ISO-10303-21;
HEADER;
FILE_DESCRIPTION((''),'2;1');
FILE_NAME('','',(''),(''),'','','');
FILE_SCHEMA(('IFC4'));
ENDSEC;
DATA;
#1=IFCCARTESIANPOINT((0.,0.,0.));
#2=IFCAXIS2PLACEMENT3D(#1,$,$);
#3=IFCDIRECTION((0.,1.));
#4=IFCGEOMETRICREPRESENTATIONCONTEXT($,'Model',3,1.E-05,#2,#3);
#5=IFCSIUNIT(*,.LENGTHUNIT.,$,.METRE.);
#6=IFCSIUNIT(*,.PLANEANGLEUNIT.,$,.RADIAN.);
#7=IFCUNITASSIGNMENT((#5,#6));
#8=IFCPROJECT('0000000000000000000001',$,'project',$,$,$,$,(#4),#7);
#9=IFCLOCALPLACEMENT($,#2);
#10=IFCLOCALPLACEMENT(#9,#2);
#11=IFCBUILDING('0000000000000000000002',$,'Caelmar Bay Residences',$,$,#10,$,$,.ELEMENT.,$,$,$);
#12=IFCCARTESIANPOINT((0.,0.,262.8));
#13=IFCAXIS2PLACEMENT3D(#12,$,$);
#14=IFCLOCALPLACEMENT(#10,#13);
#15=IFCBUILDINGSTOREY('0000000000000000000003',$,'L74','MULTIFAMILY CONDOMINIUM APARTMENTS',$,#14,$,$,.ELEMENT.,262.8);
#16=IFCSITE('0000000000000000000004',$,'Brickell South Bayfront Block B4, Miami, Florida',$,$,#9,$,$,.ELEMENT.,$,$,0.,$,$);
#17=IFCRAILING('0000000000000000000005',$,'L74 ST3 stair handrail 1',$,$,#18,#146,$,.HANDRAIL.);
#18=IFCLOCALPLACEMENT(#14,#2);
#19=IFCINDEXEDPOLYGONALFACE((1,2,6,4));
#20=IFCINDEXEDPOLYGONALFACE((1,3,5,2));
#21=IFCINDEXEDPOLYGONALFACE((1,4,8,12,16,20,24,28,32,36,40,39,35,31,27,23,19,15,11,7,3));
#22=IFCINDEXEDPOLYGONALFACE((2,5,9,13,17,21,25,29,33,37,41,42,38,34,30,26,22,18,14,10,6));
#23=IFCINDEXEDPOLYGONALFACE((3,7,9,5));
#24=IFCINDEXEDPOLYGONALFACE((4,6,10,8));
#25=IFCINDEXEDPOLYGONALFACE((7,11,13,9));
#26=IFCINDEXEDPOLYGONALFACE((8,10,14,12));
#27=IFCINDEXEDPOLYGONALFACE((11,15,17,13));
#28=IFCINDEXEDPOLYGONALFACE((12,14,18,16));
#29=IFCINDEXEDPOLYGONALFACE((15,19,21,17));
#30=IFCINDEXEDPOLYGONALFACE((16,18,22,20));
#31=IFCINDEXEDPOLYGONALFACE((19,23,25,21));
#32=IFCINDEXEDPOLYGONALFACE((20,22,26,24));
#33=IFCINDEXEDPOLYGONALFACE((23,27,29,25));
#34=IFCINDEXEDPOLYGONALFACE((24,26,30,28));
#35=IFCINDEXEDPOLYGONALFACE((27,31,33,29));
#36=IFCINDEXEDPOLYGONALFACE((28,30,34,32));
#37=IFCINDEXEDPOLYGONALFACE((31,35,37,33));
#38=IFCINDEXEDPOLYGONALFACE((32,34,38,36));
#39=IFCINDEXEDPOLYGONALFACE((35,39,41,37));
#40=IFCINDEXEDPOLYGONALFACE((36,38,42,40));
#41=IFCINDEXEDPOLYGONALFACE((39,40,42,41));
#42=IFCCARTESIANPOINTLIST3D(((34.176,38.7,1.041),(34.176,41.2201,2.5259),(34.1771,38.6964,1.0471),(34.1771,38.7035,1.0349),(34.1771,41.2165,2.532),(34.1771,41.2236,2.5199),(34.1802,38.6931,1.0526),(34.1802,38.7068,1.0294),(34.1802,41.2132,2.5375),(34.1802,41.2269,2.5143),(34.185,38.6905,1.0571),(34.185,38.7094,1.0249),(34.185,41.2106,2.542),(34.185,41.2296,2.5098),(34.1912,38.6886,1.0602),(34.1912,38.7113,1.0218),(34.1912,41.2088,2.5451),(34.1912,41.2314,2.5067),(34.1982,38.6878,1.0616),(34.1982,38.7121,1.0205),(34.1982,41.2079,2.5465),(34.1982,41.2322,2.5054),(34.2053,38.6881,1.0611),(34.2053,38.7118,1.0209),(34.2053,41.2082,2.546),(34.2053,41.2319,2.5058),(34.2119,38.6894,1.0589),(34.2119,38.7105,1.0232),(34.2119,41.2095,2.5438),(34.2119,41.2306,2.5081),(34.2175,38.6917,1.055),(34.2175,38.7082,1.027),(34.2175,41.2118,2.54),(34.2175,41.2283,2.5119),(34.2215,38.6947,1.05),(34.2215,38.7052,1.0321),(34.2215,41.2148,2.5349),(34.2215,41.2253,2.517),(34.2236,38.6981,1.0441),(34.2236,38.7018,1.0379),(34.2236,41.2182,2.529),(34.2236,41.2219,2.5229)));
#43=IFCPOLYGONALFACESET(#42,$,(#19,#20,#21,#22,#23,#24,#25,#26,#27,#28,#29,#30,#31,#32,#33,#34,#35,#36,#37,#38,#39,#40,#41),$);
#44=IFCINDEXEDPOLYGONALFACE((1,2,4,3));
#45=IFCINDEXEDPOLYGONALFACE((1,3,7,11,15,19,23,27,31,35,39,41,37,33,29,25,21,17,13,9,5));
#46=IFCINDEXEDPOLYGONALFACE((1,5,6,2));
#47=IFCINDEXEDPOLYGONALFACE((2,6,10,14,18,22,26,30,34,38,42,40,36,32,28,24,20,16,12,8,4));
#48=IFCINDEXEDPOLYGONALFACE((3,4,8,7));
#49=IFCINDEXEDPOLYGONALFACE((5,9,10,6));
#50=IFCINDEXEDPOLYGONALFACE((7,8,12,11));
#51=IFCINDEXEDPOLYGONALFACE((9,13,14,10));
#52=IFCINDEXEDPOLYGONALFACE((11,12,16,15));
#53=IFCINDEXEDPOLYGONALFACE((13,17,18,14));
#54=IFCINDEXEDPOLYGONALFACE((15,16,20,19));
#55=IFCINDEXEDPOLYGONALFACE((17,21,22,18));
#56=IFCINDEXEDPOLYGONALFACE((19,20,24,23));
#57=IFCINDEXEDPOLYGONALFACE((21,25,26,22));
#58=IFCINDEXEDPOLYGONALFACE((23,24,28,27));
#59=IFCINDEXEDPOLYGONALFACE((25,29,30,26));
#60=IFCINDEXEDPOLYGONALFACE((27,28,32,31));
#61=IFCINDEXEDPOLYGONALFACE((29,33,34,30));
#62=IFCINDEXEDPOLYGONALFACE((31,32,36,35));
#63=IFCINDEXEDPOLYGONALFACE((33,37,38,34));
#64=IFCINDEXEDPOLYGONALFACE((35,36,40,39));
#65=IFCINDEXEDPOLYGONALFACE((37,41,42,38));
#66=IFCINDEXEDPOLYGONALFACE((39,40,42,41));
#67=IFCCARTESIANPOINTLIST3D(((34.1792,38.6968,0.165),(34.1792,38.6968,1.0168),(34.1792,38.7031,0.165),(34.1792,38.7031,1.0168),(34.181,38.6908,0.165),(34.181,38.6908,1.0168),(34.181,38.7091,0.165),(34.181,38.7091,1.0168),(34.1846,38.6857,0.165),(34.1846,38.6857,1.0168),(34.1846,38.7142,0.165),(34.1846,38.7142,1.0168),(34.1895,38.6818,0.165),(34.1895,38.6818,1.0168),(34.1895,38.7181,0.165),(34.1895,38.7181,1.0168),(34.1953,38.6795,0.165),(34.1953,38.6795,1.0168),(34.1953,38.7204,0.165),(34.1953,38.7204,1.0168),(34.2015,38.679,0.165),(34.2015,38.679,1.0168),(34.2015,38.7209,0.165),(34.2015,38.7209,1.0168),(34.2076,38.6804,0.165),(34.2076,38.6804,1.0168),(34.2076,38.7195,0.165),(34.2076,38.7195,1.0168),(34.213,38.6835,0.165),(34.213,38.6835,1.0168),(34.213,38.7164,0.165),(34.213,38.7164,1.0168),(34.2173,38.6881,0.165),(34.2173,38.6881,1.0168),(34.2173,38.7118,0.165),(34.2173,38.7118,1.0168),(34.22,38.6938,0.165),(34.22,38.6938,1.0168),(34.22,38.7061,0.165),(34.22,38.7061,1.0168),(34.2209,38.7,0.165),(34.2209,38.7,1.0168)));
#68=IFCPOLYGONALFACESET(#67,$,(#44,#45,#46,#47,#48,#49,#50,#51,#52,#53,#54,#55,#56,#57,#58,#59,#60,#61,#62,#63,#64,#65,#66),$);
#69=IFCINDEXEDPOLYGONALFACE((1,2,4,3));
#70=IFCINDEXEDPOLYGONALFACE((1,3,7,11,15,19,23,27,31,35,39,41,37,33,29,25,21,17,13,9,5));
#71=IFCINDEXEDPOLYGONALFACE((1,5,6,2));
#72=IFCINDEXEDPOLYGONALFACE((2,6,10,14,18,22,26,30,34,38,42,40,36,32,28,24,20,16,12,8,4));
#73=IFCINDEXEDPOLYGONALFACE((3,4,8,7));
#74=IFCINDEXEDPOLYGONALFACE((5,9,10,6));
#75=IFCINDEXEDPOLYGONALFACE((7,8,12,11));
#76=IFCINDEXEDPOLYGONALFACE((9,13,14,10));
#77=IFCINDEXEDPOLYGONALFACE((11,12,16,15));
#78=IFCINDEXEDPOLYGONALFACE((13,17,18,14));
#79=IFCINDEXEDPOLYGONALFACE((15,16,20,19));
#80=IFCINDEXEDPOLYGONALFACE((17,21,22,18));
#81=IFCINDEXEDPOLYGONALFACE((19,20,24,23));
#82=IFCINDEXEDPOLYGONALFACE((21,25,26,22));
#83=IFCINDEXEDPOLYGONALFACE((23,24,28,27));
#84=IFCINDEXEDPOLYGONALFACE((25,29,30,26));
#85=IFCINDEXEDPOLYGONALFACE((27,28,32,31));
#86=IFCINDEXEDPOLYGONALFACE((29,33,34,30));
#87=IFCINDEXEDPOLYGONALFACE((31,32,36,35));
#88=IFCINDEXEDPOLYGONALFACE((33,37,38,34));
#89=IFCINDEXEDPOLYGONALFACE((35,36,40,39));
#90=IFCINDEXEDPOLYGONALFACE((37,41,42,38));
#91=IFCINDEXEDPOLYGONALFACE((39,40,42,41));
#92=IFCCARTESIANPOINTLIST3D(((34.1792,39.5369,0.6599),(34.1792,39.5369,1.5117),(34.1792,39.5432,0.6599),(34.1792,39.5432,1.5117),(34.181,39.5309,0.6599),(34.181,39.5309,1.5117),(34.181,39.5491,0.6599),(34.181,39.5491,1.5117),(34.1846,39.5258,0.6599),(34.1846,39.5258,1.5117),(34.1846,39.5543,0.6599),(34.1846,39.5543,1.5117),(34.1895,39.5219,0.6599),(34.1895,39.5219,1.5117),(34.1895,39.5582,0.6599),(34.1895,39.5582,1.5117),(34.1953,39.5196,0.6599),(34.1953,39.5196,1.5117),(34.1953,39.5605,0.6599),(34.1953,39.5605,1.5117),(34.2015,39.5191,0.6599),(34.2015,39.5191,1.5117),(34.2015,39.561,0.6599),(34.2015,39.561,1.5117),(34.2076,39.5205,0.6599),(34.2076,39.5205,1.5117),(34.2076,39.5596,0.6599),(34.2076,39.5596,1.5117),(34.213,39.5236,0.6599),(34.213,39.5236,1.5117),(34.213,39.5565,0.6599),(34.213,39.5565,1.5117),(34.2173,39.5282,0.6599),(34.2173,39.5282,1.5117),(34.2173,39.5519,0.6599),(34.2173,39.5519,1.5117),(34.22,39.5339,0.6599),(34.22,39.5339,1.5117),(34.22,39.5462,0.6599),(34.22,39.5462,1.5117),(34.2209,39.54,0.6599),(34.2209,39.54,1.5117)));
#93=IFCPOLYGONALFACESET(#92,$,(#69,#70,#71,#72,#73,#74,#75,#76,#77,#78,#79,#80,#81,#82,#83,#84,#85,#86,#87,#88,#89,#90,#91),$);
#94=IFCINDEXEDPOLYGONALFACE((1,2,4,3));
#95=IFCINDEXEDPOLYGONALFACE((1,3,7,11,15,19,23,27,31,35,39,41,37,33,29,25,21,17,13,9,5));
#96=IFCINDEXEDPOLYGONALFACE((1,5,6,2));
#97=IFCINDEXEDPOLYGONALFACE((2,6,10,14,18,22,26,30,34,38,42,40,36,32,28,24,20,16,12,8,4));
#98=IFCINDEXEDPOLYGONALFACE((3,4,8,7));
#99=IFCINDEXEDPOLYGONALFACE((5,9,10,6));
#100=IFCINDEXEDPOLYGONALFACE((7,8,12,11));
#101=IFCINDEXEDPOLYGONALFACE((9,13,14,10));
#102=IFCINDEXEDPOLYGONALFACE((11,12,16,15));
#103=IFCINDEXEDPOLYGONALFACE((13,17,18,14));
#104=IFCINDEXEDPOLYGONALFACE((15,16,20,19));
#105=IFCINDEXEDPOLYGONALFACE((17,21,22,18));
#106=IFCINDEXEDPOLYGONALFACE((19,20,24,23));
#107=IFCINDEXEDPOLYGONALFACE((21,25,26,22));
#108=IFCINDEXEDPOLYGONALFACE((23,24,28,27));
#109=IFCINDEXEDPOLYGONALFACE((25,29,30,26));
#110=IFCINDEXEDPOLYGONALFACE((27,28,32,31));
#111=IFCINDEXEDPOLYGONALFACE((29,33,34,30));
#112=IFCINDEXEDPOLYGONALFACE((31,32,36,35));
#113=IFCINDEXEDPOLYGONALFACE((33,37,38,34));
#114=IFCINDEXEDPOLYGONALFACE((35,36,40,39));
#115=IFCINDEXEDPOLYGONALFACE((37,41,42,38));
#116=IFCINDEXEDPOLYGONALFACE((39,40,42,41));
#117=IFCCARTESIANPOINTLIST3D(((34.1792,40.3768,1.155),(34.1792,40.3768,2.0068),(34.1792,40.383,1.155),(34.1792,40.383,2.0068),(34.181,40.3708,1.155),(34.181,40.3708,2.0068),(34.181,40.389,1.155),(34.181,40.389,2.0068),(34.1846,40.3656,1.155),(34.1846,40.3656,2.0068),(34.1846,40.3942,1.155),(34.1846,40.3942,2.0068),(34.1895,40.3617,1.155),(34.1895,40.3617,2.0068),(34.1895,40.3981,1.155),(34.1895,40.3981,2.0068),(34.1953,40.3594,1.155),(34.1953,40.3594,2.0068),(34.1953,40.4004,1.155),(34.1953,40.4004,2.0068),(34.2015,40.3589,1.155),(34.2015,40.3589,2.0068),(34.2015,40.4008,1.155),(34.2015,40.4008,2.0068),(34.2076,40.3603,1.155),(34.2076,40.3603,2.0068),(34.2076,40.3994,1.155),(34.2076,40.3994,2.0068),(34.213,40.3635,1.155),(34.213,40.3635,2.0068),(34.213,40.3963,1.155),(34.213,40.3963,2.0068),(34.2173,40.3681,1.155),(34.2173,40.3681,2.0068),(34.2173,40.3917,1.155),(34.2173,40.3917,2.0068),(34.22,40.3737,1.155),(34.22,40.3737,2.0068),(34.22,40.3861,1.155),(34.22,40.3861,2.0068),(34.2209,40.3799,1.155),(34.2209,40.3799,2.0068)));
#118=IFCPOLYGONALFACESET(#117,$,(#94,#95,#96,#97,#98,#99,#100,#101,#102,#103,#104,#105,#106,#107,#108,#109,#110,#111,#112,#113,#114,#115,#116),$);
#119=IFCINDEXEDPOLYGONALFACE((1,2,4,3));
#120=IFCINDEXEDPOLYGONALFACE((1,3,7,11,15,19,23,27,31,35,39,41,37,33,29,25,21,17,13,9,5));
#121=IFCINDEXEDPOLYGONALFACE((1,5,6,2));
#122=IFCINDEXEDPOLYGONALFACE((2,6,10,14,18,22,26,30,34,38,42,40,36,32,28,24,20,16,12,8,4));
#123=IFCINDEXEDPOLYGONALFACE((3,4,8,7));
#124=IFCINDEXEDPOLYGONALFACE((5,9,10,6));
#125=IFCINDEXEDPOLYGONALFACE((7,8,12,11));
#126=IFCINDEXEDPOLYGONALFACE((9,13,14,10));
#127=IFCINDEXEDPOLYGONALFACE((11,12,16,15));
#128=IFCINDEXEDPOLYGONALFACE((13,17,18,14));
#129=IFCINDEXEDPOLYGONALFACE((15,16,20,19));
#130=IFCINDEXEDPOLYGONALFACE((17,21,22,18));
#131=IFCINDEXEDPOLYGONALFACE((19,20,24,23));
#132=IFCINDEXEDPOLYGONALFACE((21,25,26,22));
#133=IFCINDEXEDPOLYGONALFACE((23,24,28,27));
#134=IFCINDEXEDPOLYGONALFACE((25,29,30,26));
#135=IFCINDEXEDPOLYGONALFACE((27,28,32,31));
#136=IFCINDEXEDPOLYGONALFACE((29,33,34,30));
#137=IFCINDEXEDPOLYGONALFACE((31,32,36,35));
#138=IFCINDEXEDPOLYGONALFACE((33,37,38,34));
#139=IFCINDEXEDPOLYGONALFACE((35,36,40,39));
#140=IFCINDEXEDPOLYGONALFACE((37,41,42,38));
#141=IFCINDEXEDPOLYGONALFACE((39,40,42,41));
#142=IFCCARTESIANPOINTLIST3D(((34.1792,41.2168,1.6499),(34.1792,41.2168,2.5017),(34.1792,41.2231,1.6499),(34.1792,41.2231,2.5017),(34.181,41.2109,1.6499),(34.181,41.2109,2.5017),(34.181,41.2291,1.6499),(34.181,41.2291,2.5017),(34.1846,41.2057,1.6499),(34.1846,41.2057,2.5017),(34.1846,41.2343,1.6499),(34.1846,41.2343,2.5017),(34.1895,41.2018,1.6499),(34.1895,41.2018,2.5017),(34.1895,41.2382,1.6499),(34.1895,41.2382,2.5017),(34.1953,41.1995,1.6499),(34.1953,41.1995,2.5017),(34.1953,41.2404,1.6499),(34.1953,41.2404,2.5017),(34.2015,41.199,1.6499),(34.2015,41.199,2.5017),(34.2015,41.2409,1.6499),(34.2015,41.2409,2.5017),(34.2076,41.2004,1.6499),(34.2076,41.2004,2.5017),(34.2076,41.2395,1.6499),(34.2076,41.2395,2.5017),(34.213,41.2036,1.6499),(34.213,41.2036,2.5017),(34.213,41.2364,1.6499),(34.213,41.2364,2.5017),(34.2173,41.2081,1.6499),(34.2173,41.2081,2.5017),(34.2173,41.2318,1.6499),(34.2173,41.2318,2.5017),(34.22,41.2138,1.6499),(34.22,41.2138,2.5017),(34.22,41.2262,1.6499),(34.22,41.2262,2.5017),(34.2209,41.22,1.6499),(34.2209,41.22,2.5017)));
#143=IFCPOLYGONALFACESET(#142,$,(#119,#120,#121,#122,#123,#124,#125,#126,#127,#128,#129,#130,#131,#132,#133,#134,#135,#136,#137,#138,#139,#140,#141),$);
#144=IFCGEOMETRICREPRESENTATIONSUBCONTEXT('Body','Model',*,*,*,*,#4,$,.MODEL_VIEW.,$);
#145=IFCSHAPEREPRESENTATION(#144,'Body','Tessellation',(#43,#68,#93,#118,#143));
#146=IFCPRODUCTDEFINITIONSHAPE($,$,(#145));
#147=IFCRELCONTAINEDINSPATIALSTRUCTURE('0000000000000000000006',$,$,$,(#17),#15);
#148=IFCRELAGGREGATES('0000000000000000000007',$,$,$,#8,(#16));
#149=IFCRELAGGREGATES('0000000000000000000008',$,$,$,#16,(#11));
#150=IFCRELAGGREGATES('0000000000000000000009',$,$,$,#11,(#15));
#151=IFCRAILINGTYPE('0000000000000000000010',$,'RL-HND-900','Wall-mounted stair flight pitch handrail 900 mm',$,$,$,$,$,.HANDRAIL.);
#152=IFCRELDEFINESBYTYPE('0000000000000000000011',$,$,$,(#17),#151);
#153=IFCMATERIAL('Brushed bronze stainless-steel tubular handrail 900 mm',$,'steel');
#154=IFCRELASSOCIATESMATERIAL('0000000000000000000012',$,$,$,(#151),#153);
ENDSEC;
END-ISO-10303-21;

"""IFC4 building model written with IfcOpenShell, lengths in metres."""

from ifc_helpers import new_model, si_unit, direction, frame, origin, origin_2d, place, context, subcontext, project, spatial, circle, extrude, material, type_object, element, save


model = new_model("IFC4")

# Units and contexts
model_context = context("Model", 3, precision=1e-05, world=origin(), true_north=direction((0.0, 1.0)))
body_context = subcontext(model_context, "Body", "Model", "MODEL_VIEW")
ifc_project = project(units=[si_unit("LENGTHUNIT", "METRE"), si_unit("PLANEANGLEUNIT", "RADIAN")], contexts=[model_context])

# Site, building, storey
site_placement = place(None, origin())
site = spatial("IfcSite", under=ifc_project, at=site_placement, Name="Brickell South Bayfront Block B4, Miami, Florida", CompositionType="ELEMENT", RefElevation=0.0)
building_placement = place(site_placement, origin())
building = spatial("IfcBuilding", under=site, at=building_placement, Name="Caelmar Bay Residences", CompositionType="ELEMENT")
storey_placement = place(building_placement, frame((0.0, 0.0, 262.8)))
storey = spatial("IfcBuildingStorey", under=building, at=storey_placement, Name="L74", Description="MULTIFAMILY CONDOMINIUM APARTMENTS", CompositionType="ELEMENT", Elevation=262.8)

# Railing
ifc_material_1 = material(Name="Brushed bronze stainless-steel tubular handrail 900 mm", Category="steel")
railing_type_1 = type_object("IfcRailingType", Name="RL-HND-900", Description="Wall-mounted stair flight pitch handrail 900 mm", PredefinedType="HANDRAIL", material=ifc_material_1)
railing_1_placement = place(storey_placement, frame((34.2, 38.7, 0.165)))
element("IfcRailing", 1, at=railing_1_placement, inside=storey, type_object=railing_type_1, Name="L74 ST3 stair handrail 1", PredefinedType="HANDRAIL", context=body_context, shape_type="SweptSolid", body=[
    extrude(circle(Radius=0.0239, at=origin_2d()), frame((0.0, 0.0, 0.876), z_axis=(0.0, 0.861561, 0.507655), x_axis=(-1.0, 0.0, 0.0)), (0.0, 0.0, 1.0), 2.925),
    extrude(circle(Radius=0.021, at=origin_2d()), origin(), (0.0, 0.0, 1.0), 0.8518),
    extrude(circle(Radius=0.021, at=origin_2d()), frame((0.0, 0.8401, 0.4949)), (0.0, 0.0, 1.0), 0.8518),
    extrude(circle(Radius=0.021, at=origin_2d()), frame((0.0, 1.6799, 0.99)), (0.0, 0.0, 1.0), 0.8518),
    extrude(circle(Radius=0.021, at=origin_2d()), frame((0.0, 2.52, 1.4849)), (0.0, 0.0, 1.0), 0.8518),
])

save(model, "model.ifc")
